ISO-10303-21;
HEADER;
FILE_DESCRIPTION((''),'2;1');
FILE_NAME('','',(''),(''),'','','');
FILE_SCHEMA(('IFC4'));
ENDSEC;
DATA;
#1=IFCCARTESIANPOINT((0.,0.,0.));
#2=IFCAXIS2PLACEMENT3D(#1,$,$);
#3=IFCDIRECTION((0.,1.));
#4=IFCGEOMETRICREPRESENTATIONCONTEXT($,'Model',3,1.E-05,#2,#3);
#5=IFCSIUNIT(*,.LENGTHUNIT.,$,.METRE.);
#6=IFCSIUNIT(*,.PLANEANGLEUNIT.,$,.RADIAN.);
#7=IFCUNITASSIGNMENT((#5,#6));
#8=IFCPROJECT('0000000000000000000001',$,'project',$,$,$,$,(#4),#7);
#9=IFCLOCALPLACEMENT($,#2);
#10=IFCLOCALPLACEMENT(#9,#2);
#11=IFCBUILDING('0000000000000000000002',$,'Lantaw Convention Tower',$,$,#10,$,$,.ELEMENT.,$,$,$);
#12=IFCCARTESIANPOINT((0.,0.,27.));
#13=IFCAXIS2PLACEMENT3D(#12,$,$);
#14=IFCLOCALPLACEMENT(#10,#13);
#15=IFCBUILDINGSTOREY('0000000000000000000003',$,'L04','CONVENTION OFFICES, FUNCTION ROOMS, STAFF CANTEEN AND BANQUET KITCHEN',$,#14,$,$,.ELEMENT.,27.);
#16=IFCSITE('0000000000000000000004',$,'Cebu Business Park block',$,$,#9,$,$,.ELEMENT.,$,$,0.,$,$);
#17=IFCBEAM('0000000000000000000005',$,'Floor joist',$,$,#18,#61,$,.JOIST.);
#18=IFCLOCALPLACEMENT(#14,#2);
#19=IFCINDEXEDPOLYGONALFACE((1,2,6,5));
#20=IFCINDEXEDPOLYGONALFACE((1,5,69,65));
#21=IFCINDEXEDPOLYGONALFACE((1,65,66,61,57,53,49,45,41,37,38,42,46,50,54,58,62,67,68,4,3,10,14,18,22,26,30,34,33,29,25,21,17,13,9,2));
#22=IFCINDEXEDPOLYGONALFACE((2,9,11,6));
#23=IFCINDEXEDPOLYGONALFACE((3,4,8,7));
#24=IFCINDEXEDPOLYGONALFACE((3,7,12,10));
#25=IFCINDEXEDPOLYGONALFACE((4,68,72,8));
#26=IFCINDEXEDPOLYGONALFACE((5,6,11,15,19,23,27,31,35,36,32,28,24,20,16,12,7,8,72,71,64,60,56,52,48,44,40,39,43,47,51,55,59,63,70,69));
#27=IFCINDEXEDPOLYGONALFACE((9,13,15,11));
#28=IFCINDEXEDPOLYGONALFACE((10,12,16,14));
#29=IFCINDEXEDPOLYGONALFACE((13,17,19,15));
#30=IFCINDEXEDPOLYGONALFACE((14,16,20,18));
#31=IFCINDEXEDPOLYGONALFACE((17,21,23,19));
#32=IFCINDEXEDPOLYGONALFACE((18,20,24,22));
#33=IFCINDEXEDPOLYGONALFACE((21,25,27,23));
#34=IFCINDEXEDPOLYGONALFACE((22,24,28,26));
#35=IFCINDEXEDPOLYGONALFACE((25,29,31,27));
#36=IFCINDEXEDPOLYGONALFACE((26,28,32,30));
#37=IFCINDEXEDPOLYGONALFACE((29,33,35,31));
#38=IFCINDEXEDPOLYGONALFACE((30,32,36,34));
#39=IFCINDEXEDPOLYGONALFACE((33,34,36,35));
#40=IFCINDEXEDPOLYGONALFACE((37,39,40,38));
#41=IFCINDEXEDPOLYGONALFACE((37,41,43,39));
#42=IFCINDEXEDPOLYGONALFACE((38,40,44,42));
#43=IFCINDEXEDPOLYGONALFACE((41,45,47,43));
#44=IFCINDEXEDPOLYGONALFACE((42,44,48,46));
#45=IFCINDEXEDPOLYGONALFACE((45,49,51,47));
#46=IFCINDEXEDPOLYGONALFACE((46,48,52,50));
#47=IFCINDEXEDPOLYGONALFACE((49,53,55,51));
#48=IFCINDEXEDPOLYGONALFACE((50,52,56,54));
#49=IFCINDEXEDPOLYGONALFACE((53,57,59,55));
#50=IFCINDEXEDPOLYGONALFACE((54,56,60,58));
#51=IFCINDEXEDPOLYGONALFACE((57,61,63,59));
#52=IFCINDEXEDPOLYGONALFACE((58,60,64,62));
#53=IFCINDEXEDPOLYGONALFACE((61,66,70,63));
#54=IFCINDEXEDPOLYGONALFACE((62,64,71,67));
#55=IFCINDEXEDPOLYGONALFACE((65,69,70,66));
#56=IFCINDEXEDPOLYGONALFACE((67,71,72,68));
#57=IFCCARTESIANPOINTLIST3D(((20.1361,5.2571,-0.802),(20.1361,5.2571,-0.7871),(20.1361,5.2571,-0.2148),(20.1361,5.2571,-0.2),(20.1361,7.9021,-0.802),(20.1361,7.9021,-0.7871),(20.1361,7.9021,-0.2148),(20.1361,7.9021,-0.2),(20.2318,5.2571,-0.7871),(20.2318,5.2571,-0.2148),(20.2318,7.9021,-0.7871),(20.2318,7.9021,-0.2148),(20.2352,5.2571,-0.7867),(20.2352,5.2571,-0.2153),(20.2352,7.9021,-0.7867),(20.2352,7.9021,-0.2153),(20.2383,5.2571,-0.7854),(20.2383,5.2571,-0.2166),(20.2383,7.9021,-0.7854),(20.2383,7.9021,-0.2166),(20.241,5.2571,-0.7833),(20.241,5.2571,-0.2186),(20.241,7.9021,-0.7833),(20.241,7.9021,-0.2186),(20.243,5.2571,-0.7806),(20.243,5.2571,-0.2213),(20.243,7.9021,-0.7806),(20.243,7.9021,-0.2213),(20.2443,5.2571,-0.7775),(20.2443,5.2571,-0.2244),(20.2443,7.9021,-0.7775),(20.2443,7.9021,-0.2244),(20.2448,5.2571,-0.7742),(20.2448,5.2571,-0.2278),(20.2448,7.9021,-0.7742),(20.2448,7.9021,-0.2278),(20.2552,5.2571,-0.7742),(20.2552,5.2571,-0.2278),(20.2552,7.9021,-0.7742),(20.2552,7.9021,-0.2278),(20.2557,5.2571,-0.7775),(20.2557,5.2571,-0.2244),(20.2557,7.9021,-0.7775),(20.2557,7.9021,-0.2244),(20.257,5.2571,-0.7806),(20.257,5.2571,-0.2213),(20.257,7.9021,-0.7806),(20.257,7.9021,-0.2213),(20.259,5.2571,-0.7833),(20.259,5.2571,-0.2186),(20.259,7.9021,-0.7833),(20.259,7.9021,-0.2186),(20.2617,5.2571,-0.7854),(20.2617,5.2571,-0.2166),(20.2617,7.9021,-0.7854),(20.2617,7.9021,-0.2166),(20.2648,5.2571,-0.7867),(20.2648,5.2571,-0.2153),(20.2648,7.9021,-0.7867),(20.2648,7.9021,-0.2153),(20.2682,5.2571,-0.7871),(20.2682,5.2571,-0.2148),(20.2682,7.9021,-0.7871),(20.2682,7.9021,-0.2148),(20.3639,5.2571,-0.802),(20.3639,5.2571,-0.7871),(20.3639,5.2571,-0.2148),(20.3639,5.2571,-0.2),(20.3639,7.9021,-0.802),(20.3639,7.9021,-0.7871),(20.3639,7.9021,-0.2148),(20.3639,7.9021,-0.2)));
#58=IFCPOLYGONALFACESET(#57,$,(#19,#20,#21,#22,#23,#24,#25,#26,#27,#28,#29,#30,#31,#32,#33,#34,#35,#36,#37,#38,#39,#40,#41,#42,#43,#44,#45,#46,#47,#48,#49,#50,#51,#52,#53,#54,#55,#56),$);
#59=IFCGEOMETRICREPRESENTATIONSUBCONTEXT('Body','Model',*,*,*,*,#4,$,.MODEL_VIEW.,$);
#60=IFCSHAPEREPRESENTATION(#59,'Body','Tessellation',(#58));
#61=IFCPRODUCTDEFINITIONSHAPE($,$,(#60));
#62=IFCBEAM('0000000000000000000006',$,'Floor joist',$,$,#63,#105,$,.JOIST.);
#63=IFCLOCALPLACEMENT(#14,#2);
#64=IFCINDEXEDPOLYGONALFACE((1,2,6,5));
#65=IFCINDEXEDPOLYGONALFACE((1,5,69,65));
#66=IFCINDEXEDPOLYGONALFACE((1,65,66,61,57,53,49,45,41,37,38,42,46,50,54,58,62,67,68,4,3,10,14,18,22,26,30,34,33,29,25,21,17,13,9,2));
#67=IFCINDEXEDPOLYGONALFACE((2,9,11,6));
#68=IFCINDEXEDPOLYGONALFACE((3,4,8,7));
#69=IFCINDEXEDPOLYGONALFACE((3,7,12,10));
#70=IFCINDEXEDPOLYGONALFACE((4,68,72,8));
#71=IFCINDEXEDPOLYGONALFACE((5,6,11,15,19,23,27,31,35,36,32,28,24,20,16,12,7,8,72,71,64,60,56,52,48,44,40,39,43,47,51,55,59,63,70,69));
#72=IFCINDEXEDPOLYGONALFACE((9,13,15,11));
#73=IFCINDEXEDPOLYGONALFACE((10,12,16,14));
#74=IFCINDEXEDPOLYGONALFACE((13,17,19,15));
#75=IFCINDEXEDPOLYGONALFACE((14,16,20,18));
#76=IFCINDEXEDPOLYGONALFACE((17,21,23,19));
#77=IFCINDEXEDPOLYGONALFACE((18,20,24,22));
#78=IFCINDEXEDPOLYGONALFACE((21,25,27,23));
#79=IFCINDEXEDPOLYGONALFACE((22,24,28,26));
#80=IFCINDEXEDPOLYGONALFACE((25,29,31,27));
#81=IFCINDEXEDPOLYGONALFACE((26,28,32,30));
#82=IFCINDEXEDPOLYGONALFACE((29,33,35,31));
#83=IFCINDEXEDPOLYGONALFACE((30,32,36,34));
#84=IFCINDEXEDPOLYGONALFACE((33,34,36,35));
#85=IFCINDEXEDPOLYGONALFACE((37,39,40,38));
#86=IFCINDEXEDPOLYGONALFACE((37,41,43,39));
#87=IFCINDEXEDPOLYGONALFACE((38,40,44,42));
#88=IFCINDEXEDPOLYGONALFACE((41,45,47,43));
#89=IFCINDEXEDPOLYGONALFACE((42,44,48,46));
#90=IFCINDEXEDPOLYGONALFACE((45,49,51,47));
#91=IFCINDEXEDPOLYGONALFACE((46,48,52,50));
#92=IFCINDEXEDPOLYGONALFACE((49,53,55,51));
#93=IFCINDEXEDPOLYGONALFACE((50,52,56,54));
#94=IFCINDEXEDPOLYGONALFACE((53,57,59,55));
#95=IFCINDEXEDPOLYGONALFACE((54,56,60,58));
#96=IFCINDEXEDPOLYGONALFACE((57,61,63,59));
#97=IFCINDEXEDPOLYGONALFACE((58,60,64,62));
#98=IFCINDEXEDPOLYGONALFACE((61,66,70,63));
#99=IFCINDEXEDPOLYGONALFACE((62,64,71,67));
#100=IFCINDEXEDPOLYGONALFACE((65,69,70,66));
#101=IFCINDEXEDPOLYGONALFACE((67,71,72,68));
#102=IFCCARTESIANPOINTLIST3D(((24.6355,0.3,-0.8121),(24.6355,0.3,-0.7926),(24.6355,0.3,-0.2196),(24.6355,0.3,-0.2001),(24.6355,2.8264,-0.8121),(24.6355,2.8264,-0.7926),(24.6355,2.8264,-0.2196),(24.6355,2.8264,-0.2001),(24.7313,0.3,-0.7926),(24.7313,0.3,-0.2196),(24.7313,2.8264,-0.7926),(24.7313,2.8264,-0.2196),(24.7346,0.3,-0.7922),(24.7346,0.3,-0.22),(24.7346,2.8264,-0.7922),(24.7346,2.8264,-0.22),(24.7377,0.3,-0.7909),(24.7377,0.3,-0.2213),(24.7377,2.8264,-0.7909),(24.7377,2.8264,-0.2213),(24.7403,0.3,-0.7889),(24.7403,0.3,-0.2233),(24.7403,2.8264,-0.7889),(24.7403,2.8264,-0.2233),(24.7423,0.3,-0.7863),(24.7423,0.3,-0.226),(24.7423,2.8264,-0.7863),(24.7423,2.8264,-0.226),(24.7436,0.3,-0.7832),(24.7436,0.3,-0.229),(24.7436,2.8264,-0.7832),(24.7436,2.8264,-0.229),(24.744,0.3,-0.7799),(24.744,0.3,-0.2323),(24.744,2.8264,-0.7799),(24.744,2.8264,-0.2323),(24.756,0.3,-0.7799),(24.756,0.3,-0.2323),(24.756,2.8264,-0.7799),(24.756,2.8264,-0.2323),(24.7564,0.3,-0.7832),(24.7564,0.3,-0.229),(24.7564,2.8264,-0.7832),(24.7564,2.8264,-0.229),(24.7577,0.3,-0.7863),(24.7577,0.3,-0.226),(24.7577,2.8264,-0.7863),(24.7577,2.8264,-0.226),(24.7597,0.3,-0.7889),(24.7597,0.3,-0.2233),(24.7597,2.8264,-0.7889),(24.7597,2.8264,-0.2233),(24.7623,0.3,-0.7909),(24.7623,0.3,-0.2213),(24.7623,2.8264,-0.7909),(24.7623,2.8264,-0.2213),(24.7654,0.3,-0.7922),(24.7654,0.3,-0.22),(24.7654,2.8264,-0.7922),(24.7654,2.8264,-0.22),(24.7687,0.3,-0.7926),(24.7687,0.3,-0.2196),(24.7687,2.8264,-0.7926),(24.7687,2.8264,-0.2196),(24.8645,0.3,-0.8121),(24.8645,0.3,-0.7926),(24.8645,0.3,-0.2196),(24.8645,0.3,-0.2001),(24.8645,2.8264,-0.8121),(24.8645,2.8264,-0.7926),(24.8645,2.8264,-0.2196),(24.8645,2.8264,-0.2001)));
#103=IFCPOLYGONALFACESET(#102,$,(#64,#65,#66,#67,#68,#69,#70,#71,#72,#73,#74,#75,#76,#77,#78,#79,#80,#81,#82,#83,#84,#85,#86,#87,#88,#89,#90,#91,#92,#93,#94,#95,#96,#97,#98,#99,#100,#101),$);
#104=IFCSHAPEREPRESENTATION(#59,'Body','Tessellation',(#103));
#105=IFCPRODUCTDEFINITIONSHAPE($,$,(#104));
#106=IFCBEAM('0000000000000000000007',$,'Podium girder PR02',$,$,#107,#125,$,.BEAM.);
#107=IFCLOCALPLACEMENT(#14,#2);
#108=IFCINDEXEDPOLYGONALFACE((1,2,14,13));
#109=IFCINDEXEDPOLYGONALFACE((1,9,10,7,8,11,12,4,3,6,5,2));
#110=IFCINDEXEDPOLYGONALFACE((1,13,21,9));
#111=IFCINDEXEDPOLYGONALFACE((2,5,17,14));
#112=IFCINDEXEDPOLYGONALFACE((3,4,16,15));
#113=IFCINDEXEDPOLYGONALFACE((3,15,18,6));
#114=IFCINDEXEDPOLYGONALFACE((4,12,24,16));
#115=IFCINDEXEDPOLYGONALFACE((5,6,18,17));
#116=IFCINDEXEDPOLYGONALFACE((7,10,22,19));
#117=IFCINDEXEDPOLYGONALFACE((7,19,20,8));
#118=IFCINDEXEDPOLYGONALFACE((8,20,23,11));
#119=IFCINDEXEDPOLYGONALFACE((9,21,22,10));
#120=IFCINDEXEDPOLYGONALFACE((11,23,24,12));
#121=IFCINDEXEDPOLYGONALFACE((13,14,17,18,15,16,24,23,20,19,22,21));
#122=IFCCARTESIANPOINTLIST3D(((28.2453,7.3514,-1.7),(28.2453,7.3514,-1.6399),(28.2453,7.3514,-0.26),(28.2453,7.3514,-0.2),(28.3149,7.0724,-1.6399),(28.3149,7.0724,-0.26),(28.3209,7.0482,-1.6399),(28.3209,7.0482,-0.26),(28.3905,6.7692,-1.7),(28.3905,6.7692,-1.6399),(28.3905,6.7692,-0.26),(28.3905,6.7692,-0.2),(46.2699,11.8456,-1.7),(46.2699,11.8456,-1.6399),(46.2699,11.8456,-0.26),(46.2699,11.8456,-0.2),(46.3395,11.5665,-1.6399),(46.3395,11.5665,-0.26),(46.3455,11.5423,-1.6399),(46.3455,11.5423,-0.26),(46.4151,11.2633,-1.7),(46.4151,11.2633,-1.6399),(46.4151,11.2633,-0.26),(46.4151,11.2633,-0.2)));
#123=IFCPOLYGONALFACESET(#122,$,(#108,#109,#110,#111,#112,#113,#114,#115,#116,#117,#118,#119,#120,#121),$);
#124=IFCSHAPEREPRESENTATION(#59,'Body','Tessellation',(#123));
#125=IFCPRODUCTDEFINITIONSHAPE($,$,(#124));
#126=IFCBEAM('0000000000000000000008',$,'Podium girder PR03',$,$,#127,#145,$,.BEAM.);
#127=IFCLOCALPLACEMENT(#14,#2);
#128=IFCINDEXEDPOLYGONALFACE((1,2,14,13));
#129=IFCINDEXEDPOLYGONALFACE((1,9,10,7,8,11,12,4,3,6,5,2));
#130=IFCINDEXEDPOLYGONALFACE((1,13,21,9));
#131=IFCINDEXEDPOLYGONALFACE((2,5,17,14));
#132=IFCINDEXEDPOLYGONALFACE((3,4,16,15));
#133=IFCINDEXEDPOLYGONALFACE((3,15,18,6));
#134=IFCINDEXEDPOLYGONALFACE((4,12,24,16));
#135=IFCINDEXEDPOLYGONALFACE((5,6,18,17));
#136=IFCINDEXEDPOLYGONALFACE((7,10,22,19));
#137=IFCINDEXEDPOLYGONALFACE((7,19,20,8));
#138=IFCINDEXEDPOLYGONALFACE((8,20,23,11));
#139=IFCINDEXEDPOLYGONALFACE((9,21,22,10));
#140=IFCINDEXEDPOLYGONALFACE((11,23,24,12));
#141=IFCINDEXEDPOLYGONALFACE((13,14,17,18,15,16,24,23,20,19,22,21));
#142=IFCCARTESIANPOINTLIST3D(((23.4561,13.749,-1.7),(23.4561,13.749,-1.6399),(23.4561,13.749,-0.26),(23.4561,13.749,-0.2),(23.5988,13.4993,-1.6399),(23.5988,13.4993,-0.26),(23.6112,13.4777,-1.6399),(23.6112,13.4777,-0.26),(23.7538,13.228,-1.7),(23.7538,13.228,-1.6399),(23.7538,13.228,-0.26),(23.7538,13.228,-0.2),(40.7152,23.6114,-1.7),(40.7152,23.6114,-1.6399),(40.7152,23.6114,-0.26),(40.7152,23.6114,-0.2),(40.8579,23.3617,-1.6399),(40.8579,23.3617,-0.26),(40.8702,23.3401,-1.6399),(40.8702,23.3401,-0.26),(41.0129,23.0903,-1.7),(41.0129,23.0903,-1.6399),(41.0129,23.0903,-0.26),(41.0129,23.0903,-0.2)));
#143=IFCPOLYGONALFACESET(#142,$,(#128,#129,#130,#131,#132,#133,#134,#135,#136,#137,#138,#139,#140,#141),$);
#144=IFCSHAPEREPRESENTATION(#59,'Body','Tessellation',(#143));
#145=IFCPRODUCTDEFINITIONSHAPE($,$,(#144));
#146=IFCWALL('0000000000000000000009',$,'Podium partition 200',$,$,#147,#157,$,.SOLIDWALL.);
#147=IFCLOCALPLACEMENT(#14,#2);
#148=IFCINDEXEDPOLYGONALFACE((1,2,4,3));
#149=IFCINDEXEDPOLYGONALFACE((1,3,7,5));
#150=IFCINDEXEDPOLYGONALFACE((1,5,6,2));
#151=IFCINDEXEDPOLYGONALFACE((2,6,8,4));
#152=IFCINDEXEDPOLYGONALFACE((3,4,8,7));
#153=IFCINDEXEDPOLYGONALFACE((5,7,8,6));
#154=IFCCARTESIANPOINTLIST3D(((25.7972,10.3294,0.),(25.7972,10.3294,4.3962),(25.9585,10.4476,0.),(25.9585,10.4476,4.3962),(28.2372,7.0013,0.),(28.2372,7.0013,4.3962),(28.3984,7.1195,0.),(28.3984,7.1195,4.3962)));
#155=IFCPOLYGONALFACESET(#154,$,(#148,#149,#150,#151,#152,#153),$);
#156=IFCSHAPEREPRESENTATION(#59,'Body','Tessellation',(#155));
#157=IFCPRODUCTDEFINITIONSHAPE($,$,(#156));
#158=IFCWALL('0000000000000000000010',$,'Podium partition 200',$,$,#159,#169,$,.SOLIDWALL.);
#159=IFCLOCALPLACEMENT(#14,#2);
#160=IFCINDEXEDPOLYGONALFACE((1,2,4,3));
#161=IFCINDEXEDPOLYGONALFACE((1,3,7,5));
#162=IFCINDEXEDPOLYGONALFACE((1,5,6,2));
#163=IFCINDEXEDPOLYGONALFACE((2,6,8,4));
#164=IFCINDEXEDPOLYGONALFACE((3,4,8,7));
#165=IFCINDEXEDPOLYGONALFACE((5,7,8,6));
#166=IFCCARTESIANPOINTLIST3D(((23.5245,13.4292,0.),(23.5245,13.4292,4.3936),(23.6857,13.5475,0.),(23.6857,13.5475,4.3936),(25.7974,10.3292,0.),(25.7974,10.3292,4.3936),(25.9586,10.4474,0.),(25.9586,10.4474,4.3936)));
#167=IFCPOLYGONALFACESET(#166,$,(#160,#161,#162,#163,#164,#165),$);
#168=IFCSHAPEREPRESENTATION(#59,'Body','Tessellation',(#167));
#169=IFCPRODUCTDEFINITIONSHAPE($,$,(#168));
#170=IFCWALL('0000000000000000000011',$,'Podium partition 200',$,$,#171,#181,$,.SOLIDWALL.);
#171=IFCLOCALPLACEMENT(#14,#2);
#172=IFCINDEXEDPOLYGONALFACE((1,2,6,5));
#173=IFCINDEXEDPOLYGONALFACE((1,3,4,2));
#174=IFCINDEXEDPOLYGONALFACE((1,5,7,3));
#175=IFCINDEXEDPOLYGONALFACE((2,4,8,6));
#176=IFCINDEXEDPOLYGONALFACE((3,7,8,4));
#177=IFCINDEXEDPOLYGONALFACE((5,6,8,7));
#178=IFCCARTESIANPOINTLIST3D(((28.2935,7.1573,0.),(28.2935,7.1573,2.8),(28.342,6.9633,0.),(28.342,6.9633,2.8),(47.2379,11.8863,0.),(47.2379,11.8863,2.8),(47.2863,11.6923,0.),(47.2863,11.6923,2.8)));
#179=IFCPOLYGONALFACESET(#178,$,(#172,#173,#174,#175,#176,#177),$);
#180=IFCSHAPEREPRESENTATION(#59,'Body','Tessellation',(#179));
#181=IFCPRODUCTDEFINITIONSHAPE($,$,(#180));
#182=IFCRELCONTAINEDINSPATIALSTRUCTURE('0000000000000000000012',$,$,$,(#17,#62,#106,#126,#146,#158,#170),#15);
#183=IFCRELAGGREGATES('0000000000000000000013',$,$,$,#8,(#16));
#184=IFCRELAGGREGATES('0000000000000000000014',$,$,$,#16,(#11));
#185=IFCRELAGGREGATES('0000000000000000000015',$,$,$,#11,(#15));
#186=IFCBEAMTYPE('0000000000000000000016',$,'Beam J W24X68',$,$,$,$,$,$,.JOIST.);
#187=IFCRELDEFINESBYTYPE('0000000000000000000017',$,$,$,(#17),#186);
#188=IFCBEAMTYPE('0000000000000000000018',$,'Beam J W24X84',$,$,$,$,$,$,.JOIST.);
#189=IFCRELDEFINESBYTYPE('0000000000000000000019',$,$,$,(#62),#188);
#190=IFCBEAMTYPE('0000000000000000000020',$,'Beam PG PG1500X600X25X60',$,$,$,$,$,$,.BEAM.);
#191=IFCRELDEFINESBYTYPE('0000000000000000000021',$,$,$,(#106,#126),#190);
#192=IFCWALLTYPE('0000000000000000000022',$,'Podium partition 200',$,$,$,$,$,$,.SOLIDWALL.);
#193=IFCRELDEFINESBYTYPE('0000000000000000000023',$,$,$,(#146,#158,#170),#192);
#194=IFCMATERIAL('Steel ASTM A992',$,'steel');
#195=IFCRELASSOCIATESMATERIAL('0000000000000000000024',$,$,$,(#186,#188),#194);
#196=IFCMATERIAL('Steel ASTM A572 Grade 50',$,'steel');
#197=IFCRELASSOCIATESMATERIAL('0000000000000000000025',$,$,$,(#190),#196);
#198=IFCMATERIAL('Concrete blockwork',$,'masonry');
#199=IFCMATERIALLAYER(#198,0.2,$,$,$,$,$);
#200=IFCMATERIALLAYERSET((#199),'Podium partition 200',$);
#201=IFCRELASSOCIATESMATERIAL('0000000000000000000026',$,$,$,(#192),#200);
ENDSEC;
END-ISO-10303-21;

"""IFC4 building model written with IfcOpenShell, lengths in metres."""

from ifc_helpers import new_model, si_unit, direction, frame, frame_2d, origin, origin_2d, place, context, subcontext, project, spatial, rectangle, i_section, extrude, material, layer, layer_set, material_profile, profile_set, type_object, element, save


model = new_model("IFC4")

# Units and contexts
model_context = context("Model", 3, precision=1e-05, world=origin(), true_north=direction((0.0, 1.0)))
body_context = subcontext(model_context, "Body", "Model", "MODEL_VIEW")
ifc_project = project(units=[si_unit("LENGTHUNIT", "METRE"), si_unit("PLANEANGLEUNIT", "RADIAN")], contexts=[model_context])

# Site, building, storey
site_placement = place(None, origin())
site = spatial("IfcSite", under=ifc_project, at=site_placement, Name="Cebu Business Park block", CompositionType="ELEMENT", RefElevation=0.0)
building_placement = place(site_placement, origin())
building = spatial("IfcBuilding", under=site, at=building_placement, Name="Lantaw Convention Tower", CompositionType="ELEMENT")
storey_placement = place(building_placement, frame((0.0, 0.0, 27.0)))
storey = spatial("IfcBuildingStorey", under=building, at=storey_placement, Name="L04", Description="CONVENTION OFFICES, FUNCTION ROOMS, STAFF CANTEEN AND BANQUET KITCHEN", CompositionType="ELEMENT", Elevation=27.0)

# Shared definitions
ifc_material_1 = material(Name="Steel ASTM A572 Grade 50", Category="steel")

# Beams
ifc_material_2 = material(Name="Steel ASTM A992", Category="steel")
ifc_material_profile_1 = material_profile(ifc_material_2, i_section(OverallWidth=0.2278, OverallDepth=0.6021, WebThickness=0.0105, FlangeThickness=0.0149, FilletRadius=0.0129, at=origin_2d()), Name="W24X68")
ifc_profile_set_1 = profile_set([ifc_material_profile_1], Name="Steel ASTM A992")
beam_type_1 = type_object("IfcBeamType", Name="Beam J W24X68", PredefinedType="JOIST", material=ifc_profile_set_1)
beam_1_placement = place(storey_placement, frame((20.25, 5.2571, -0.501), z_axis=(0.0, 1.0, 0.0), x_axis=(-1.0, 0.0, 0.0)))
element("IfcBeam", 1, at=beam_1_placement, inside=storey, type_object=beam_type_1, Name="Floor joist", PredefinedType="JOIST", context=body_context, shape_type="SweptSolid", body=[
    extrude(i_section(OverallWidth=0.2278, OverallDepth=0.6021, WebThickness=0.0105, FlangeThickness=0.0149, FilletRadius=0.0129, at=origin_2d()), origin(), (0.0, 0.0, 1.0), 2.645),
])
ifc_material_profile_2 = material_profile(ifc_material_2, i_section(OverallWidth=0.229, OverallDepth=0.6121, WebThickness=0.012, FlangeThickness=0.0195, FilletRadius=0.0127, at=origin_2d()), Name="W24X84")
ifc_profile_set_2 = profile_set([ifc_material_profile_2], Name="Steel ASTM A992")
beam_type_2 = type_object("IfcBeamType", Name="Beam J W24X84", PredefinedType="JOIST", material=ifc_profile_set_2)
beam_2_placement = place(storey_placement, frame((24.75, 0.3, -0.5061), z_axis=(0.0, 1.0, 0.0), x_axis=(-1.0, 0.0, 0.0)))
element("IfcBeam", 2, at=beam_2_placement, inside=storey, type_object=beam_type_2, Name="Floor joist", PredefinedType="JOIST", context=body_context, shape_type="SweptSolid", body=[
    extrude(i_section(OverallWidth=0.229, OverallDepth=0.6121, WebThickness=0.012, FlangeThickness=0.0195, FilletRadius=0.0127, at=origin_2d()), origin(), (0.0, 0.0, 1.0), 2.5264),
])
ifc_material_profile_3 = material_profile(ifc_material_1, i_section(OverallWidth=0.6001, OverallDepth=1.5, WebThickness=0.0249, FlangeThickness=0.0601, at=origin_2d()), Name="PG1500X600X25X60")
ifc_profile_set_3 = profile_set([ifc_material_profile_3], Name="Steel ASTM A572 Grade 50")
beam_type_3 = type_object("IfcBeamType", Name="Beam PG PG1500X600X25X60", PredefinedType="BEAM", material=ifc_profile_set_3)
beam_3_placement = place(storey_placement, frame((28.3179, 7.0603, -0.95), z_axis=(0.970295, 0.241926, 0.0), x_axis=(-0.241926, 0.970295, 0.0)))
element("IfcBeam", 3, at=beam_3_placement, inside=storey, type_object=beam_type_3, Name="Podium girder PR02", PredefinedType="BEAM", context=body_context, shape_type="SweptSolid", body=[
    extrude(i_section(OverallWidth=0.6001, OverallDepth=1.5, WebThickness=0.0249, FlangeThickness=0.0601, at=origin_2d()), origin(), (0.0, 0.0, 1.0), 18.5764),
])
beam_4_placement = place(storey_placement, frame((23.605, 13.4885, -0.95), z_axis=(0.868243, 0.496139, 0.0), x_axis=(-0.496139, 0.868243, 0.0)))
element("IfcBeam", 4, at=beam_4_placement, inside=storey, type_object=beam_type_3, Name="Podium girder PR03", PredefinedType="BEAM", context=body_context, shape_type="SweptSolid", body=[
    extrude(i_section(OverallWidth=0.6001, OverallDepth=1.5, WebThickness=0.0249, FlangeThickness=0.0601, at=origin_2d()), origin(), (0.0, 0.0, 1.0), 19.8782),
])

# Walls
ifc_material_3 = material(Name="Concrete blockwork", Category="masonry")
ifc_layer = layer(ifc_material_3, 0.2)
ifc_layer_set = layer_set([ifc_layer], Name="Podium partition 200")
wall_type = type_object("IfcWallType", Name="Podium partition 200", PredefinedType="SOLIDWALL", material=ifc_layer_set)
wall_1_placement = place(storey_placement, frame((28.3179, 7.0603, 0.0), z_axis=(0.0, 0.0, 1.0), x_axis=(-0.591256, 0.806484, 0.0)))
element("IfcWall", 5, at=wall_1_placement, inside=storey, type_object=wall_type, Name="Podium partition 200", PredefinedType="SOLIDWALL", context=body_context, shape_type="SweptSolid", body=[
    extrude(rectangle(XDim=4.1267, YDim=0.2, at=frame_2d((2.0635, 0.0))), origin(), (0.0, 0.0, 1.0), 4.3962),
])
wall_2_placement = place(storey_placement, frame((25.8779, 10.3884, 0.0), z_axis=(0.0, 0.0, 1.0), x_axis=(-0.591287, 0.806462, 0.0)))
element("IfcWall", 6, at=wall_2_placement, inside=storey, type_object=wall_type, Name="Podium partition 200", PredefinedType="SOLIDWALL", context=body_context, shape_type="SweptSolid", body=[
    extrude(rectangle(XDim=3.844, YDim=0.2, at=frame_2d((1.9219, 0.0))), origin(), (0.0, 0.0, 1.0), 4.3936),
])

# Wall
wall_3_placement = place(storey_placement, frame((28.3179, 7.0603, 0.0), z_axis=(0.0, 0.0, 1.0), x_axis=(0.970228, 0.242194, 0.0)))
element("IfcWall", 7, at=wall_3_placement, inside=storey, type_object=wall_type, Name="Podium partition 200", PredefinedType="SOLIDWALL", context=body_context, shape_type="SweptSolid", body=[
    extrude(rectangle(XDim=19.5256, YDim=0.2, at=frame_2d((9.7627, 0.0))), origin(), (0.0, 0.0, 1.0), 2.8),
])

save(model, "model.ifc")
